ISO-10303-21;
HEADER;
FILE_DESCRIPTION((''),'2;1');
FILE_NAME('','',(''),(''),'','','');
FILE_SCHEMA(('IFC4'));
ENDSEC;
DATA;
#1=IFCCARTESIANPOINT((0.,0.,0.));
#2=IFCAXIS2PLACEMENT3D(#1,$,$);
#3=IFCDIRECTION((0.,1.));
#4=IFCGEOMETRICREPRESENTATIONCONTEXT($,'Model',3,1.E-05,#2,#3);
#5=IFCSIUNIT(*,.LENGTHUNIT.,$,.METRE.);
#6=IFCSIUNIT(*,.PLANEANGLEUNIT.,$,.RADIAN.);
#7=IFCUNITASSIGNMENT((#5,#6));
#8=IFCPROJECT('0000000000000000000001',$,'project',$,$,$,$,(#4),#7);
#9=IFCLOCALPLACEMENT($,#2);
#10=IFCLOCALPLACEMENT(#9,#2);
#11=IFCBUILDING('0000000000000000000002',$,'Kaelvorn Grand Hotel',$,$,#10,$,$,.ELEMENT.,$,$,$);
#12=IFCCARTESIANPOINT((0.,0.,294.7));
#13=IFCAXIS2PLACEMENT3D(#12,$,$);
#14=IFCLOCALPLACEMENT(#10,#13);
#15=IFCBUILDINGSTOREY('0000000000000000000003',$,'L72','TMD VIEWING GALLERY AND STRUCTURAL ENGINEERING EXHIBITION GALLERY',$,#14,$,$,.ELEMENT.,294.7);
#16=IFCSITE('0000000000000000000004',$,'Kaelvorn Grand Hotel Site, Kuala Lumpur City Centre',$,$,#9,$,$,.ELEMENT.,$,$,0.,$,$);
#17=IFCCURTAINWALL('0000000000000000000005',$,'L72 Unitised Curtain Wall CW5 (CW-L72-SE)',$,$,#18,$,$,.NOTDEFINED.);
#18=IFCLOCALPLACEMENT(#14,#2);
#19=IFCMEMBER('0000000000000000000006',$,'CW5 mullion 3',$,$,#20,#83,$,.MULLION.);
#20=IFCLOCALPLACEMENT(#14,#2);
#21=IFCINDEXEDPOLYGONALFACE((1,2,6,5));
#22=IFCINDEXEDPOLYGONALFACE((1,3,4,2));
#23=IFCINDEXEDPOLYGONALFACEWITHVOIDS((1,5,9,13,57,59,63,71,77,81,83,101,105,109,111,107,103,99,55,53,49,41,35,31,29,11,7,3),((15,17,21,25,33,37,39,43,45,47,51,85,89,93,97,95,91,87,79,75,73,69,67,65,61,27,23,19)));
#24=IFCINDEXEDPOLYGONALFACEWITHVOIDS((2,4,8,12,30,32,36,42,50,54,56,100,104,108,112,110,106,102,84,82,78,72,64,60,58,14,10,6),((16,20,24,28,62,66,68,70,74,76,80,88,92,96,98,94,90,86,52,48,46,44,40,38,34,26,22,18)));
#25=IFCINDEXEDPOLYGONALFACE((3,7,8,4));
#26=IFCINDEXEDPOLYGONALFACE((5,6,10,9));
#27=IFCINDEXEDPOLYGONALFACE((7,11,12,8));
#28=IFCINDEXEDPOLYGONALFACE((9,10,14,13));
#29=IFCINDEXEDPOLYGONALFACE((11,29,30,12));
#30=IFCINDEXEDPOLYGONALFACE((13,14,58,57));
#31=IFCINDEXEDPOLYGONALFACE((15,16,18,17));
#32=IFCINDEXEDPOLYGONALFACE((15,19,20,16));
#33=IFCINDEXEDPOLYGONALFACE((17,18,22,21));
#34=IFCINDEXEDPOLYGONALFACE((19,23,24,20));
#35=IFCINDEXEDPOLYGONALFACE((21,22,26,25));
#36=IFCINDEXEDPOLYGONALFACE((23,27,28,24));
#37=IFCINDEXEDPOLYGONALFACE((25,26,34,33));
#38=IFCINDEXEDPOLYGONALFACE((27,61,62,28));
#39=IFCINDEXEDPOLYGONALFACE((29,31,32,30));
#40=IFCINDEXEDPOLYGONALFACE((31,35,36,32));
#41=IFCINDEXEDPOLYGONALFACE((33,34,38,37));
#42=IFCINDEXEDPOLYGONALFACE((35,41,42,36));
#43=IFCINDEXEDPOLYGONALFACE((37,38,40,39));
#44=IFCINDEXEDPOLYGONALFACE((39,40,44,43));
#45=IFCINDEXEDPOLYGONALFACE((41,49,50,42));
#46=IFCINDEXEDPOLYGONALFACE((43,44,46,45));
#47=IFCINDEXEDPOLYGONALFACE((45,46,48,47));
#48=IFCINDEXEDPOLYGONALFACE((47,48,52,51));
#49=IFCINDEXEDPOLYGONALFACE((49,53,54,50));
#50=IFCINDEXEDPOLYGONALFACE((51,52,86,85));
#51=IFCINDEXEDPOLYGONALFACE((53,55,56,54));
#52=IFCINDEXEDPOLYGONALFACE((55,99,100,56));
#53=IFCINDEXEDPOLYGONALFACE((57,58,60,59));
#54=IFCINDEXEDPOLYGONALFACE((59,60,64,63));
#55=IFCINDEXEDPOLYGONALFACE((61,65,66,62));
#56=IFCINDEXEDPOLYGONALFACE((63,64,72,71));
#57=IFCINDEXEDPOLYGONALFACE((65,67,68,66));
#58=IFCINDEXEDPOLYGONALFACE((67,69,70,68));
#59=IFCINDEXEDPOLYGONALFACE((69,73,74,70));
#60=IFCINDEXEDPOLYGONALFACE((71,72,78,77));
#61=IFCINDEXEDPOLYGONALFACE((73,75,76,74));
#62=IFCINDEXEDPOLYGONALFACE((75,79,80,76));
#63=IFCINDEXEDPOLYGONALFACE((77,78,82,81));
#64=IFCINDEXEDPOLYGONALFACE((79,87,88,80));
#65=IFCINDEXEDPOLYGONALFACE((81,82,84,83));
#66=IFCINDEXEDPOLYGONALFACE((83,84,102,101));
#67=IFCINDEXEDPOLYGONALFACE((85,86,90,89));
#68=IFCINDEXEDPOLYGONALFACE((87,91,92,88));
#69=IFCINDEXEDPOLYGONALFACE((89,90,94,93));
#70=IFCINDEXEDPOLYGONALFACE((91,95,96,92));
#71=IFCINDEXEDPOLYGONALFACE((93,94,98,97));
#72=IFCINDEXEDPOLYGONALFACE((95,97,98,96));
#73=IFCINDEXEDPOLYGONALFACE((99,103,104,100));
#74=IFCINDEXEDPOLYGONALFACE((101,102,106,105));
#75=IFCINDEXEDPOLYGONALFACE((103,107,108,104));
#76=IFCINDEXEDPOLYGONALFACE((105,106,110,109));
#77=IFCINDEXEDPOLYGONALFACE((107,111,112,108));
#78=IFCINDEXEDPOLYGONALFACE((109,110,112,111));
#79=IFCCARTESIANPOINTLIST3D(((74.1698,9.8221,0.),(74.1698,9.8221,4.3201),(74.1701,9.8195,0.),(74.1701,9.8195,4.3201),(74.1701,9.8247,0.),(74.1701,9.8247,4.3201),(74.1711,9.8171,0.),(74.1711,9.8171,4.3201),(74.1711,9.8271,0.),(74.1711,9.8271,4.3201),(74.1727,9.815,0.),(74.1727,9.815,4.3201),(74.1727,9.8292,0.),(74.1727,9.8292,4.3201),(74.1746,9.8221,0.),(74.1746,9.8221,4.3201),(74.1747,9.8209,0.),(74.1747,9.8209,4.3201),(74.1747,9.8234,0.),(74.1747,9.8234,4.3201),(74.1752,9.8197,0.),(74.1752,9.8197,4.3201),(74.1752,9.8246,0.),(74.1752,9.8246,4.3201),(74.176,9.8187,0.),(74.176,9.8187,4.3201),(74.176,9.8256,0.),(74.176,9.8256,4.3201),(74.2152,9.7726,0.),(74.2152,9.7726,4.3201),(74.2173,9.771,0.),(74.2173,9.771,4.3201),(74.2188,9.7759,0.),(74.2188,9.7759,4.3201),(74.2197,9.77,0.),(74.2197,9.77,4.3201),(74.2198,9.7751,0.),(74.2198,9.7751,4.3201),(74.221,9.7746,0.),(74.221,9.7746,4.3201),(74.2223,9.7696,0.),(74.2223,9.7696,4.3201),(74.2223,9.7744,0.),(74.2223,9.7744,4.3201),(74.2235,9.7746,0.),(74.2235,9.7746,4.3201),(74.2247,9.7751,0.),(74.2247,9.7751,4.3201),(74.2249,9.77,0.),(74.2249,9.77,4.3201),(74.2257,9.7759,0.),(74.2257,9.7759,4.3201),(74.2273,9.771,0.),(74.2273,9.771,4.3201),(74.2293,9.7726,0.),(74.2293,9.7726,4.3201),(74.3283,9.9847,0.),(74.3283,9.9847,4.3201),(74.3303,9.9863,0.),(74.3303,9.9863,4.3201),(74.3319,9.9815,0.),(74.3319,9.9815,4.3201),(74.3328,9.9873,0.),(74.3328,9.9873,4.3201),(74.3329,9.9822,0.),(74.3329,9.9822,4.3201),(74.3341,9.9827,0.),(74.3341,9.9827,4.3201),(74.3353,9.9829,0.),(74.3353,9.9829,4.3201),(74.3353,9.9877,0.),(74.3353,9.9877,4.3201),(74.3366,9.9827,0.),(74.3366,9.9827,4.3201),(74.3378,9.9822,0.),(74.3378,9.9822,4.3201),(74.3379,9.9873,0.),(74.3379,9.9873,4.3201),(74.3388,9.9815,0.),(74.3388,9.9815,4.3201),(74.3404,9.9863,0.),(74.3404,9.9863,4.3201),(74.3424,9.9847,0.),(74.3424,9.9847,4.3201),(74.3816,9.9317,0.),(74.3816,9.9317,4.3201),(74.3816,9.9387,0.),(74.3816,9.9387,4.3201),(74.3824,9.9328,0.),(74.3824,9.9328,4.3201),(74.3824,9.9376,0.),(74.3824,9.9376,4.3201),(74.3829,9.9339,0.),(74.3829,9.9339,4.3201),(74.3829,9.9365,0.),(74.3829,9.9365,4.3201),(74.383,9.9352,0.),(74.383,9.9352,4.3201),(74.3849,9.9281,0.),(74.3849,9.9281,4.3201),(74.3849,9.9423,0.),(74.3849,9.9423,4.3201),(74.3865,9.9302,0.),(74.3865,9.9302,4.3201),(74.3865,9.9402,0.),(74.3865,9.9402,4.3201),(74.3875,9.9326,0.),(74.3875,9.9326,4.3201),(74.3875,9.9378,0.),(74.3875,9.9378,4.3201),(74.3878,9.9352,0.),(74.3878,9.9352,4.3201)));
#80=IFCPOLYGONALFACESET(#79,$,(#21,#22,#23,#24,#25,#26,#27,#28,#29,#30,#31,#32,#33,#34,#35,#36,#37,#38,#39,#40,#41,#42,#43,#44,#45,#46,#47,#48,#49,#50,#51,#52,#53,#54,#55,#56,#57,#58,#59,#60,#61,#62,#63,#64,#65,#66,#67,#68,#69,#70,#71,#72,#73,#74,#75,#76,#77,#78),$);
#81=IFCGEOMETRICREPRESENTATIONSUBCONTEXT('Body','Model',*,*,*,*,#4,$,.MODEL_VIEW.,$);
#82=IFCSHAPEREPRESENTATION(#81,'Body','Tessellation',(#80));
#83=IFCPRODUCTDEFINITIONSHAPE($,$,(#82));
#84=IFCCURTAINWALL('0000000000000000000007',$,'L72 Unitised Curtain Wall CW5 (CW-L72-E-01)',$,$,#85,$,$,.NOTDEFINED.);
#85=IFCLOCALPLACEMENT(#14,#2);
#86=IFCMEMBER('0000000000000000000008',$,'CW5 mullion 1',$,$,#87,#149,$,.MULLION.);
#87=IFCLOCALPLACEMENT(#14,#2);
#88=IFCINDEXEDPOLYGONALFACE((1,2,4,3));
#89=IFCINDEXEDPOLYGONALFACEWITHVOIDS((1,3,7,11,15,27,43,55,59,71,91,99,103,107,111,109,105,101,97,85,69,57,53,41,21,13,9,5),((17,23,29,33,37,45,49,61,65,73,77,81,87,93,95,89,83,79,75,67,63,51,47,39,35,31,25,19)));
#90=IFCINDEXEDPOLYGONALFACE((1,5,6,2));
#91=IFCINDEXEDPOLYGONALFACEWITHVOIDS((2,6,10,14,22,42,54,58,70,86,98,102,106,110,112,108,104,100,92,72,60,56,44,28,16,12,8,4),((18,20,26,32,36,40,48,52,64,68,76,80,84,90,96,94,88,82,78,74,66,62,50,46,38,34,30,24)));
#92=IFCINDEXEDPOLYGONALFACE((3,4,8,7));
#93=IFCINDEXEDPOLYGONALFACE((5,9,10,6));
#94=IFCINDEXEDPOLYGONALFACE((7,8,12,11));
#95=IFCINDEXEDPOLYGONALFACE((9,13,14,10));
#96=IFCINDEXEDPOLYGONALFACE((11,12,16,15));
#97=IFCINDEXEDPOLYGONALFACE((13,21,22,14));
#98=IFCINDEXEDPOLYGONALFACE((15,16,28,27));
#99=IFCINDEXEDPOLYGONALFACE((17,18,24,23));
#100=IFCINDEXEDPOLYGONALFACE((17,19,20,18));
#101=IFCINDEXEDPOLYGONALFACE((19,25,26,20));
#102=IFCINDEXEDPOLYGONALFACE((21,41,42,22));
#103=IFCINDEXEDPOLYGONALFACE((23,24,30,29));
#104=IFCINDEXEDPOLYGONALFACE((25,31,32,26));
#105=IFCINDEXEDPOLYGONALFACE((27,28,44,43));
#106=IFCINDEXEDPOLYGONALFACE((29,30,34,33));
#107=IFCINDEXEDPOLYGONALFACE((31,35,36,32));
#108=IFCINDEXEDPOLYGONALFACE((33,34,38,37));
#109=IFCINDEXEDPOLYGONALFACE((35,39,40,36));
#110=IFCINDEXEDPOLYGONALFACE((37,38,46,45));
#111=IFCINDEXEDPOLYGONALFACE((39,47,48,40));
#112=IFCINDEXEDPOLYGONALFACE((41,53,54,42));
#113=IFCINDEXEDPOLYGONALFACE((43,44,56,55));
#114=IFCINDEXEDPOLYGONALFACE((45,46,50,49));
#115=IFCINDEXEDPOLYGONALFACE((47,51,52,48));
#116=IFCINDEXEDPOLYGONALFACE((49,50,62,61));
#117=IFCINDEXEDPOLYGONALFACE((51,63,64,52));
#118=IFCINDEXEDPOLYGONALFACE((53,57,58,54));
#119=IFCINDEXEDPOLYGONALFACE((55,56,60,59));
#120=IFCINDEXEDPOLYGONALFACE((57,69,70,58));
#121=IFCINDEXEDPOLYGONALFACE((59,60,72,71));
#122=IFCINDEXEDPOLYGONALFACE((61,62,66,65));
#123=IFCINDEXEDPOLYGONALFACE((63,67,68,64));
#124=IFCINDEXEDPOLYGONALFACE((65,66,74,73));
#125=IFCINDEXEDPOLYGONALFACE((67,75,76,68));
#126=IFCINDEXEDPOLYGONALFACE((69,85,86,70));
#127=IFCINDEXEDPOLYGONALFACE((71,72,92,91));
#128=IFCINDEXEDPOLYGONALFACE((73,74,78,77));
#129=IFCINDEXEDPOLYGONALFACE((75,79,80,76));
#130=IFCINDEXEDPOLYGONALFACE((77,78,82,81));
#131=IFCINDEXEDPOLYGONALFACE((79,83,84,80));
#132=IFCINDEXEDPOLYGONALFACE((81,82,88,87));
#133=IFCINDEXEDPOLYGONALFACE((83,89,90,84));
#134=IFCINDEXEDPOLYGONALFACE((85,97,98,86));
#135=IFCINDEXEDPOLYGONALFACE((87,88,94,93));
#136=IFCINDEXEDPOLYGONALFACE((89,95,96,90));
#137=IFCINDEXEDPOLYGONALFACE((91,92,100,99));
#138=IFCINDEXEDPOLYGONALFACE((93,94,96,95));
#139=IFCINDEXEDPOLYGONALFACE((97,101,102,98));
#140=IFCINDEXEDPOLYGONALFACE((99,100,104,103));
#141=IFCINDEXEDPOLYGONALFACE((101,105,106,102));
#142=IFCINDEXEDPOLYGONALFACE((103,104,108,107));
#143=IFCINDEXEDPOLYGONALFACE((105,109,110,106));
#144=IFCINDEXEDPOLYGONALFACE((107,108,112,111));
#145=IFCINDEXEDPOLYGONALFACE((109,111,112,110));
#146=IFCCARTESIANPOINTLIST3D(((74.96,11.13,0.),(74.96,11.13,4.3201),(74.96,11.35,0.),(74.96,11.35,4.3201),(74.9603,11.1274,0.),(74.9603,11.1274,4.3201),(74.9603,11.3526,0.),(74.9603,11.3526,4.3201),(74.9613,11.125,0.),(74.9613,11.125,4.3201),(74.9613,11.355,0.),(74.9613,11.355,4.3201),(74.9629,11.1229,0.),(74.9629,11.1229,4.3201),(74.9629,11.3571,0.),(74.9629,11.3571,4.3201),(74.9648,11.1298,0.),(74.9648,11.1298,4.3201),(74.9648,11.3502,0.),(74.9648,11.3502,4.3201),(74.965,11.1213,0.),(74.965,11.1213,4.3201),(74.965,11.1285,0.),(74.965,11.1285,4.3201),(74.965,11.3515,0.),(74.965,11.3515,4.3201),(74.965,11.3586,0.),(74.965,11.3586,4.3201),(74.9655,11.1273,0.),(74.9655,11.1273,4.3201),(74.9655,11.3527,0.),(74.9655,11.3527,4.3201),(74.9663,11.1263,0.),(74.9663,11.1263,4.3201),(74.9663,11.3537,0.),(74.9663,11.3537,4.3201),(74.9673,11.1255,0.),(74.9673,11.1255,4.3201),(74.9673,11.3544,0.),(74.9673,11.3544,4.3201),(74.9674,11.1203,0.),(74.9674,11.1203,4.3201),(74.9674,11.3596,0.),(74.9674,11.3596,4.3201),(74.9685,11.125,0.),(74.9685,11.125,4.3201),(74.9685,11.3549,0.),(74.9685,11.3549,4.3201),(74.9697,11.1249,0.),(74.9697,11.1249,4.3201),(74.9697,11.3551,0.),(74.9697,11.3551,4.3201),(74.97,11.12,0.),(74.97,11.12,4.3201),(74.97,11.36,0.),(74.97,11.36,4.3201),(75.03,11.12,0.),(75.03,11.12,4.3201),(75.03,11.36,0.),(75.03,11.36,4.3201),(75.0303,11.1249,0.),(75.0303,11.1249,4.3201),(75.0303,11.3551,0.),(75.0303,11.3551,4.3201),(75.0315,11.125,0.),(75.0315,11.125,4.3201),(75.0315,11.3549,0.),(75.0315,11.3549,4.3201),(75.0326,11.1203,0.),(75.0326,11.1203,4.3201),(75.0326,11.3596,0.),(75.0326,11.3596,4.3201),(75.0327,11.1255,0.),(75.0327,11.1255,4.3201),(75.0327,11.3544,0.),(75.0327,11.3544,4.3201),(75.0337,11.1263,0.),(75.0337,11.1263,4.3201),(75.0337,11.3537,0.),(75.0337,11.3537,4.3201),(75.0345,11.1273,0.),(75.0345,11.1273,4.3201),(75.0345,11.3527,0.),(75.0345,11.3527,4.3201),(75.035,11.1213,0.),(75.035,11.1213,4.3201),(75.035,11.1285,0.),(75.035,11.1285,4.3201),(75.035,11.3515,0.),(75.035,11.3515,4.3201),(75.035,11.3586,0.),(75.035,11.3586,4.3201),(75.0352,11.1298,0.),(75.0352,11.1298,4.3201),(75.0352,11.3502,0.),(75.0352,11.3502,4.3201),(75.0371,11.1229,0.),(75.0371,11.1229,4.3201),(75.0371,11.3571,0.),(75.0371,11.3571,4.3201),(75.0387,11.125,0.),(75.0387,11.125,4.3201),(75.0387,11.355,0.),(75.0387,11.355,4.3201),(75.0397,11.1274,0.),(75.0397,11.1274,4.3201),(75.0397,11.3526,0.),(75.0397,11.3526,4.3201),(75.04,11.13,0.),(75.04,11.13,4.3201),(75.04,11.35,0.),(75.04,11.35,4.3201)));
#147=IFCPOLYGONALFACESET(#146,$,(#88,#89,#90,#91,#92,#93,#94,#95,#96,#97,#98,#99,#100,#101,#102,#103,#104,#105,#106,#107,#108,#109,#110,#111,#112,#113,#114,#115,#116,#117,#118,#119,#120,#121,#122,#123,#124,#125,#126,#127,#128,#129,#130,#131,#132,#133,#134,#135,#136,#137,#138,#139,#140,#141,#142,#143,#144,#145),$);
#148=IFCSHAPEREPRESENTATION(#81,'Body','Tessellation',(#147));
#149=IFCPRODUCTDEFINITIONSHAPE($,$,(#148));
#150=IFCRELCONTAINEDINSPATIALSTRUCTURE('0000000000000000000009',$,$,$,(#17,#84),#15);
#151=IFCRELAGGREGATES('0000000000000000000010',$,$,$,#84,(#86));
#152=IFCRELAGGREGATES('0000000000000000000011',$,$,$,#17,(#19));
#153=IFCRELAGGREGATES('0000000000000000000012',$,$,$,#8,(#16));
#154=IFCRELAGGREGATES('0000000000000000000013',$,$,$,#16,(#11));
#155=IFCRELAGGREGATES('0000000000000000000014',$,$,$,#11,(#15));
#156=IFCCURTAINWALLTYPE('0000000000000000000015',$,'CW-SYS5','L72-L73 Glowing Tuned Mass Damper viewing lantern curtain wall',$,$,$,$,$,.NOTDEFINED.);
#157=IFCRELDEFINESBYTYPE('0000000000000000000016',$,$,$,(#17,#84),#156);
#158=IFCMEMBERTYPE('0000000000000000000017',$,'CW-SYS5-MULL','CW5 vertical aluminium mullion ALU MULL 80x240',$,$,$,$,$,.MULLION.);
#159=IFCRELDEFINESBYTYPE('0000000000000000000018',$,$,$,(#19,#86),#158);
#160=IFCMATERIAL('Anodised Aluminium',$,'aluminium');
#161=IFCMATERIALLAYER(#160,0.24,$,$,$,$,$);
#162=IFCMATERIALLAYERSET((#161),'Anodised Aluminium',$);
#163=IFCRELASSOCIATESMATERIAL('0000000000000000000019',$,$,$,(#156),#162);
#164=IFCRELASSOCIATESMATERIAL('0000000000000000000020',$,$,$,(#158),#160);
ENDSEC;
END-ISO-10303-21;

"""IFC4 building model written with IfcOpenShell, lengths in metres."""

from ifc_helpers import new_model, si_unit, direction, frame, origin, origin_2d, place, context, subcontext, project, spatial, hollow_rectangle, extrude, material, layer, layer_set, material_profile, profile_set, type_object, element, aggregate, save


model = new_model("IFC4")

# Units and contexts
model_context = context("Model", 3, precision=1e-05, world=origin(), true_north=direction((0.0, 1.0)))
body_context = subcontext(model_context, "Body", "Model", "MODEL_VIEW")
ifc_project = project(units=[si_unit("LENGTHUNIT", "METRE"), si_unit("PLANEANGLEUNIT", "RADIAN")], contexts=[model_context])

# Site, building, storey
site_placement = place(None, origin())
site = spatial("IfcSite", under=ifc_project, at=site_placement, Name="Kaelvorn Grand Hotel Site, Kuala Lumpur City Centre", CompositionType="ELEMENT", RefElevation=0.0)
building_placement = place(site_placement, origin())
building = spatial("IfcBuilding", under=site, at=building_placement, Name="Kaelvorn Grand Hotel", CompositionType="ELEMENT")
storey_placement = place(building_placement, frame((0.0, 0.0, 294.7)))
storey = spatial("IfcBuildingStorey", under=building, at=storey_placement, Name="L72", Description="TMD VIEWING GALLERY AND STRUCTURAL ENGINEERING EXHIBITION GALLERY", CompositionType="ELEMENT", Elevation=294.7)

# Curtain wall, member
ifc_material_1 = material(Name="Anodised Aluminium", Category="aluminium")
ifc_layer_1 = layer(ifc_material_1, 0.24)
ifc_layer_set_1 = layer_set([ifc_layer_1], Name="Anodised Aluminium")
curtain_wall_type = type_object("IfcCurtainWallType", Name="CW-SYS5", Description="L72-L73 Glowing Tuned Mass Damper viewing lantern curtain wall", PredefinedType="NOTDEFINED", material=ifc_layer_set_1)
curtain_wall_1_placement = place(storey_placement, origin())
curtain_wall_1 = element("IfcCurtainWall", 1, at=curtain_wall_1_placement, inside=storey, type_object=curtain_wall_type, Name="L72 Unitised Curtain Wall CW5 (CW-L72-SE)", PredefinedType="NOTDEFINED")
ifc_material_profile_1 = material_profile(ifc_material_1, hollow_rectangle(XDim=0.0801, YDim=0.24, WallThickness=0.0049, InnerFilletRadius=0.0049, OuterFilletRadius=0.01, at=origin_2d()), Name="ALU MULL 80x240")
ifc_profile_set_1 = profile_set([ifc_material_profile_1], Name="Anodised Aluminium")
member_type_1 = type_object("IfcMemberType", Name="CW-SYS5-MULL", Description="CW5 vertical aluminium mullion ALU MULL 80x240", PredefinedType="MULLION", material=ifc_profile_set_1)
member_1_placement = place(storey_placement, frame((74.2788, 9.8787, 0.0), z_axis=(0.0, 0.0, 1.0), x_axis=(-0.707107, 0.707107, 0.0)))
member_1 = element("IfcMember", 2, at=member_1_placement, type_object=member_type_1, Name="CW5 mullion 3", PredefinedType="MULLION", context=body_context, shape_type="SweptSolid", body=[
    extrude(hollow_rectangle(XDim=0.0801, YDim=0.24, WallThickness=0.0049, InnerFilletRadius=0.0049, OuterFilletRadius=0.01, at=origin_2d()), origin(), (0.0, 0.0, 1.0), 4.3201),
])

# Curtain wall, member
curtain_wall_2_placement = place(storey_placement, origin())
curtain_wall_2 = element("IfcCurtainWall", 3, at=curtain_wall_2_placement, inside=storey, type_object=curtain_wall_type, Name="L72 Unitised Curtain Wall CW5 (CW-L72-E-01)", PredefinedType="NOTDEFINED")
member_2_placement = place(storey_placement, frame((75.0, 11.24, 0.0), z_axis=(0.0, 0.0, 1.0), x_axis=(-1.0, 0.0, 0.0)))
member_2 = element("IfcMember", 4, at=member_2_placement, type_object=member_type_1, Name="CW5 mullion 1", PredefinedType="MULLION", context=body_context, shape_type="SweptSolid", body=[
    extrude(hollow_rectangle(XDim=0.0801, YDim=0.24, WallThickness=0.0049, InnerFilletRadius=0.0049, OuterFilletRadius=0.01, at=origin_2d()), origin(), (0.0, 0.0, 1.0), 4.3201),
])

aggregate(curtain_wall_2, [member_2])

aggregate(curtain_wall_1, [member_1])

save(model, "model.ifc")
